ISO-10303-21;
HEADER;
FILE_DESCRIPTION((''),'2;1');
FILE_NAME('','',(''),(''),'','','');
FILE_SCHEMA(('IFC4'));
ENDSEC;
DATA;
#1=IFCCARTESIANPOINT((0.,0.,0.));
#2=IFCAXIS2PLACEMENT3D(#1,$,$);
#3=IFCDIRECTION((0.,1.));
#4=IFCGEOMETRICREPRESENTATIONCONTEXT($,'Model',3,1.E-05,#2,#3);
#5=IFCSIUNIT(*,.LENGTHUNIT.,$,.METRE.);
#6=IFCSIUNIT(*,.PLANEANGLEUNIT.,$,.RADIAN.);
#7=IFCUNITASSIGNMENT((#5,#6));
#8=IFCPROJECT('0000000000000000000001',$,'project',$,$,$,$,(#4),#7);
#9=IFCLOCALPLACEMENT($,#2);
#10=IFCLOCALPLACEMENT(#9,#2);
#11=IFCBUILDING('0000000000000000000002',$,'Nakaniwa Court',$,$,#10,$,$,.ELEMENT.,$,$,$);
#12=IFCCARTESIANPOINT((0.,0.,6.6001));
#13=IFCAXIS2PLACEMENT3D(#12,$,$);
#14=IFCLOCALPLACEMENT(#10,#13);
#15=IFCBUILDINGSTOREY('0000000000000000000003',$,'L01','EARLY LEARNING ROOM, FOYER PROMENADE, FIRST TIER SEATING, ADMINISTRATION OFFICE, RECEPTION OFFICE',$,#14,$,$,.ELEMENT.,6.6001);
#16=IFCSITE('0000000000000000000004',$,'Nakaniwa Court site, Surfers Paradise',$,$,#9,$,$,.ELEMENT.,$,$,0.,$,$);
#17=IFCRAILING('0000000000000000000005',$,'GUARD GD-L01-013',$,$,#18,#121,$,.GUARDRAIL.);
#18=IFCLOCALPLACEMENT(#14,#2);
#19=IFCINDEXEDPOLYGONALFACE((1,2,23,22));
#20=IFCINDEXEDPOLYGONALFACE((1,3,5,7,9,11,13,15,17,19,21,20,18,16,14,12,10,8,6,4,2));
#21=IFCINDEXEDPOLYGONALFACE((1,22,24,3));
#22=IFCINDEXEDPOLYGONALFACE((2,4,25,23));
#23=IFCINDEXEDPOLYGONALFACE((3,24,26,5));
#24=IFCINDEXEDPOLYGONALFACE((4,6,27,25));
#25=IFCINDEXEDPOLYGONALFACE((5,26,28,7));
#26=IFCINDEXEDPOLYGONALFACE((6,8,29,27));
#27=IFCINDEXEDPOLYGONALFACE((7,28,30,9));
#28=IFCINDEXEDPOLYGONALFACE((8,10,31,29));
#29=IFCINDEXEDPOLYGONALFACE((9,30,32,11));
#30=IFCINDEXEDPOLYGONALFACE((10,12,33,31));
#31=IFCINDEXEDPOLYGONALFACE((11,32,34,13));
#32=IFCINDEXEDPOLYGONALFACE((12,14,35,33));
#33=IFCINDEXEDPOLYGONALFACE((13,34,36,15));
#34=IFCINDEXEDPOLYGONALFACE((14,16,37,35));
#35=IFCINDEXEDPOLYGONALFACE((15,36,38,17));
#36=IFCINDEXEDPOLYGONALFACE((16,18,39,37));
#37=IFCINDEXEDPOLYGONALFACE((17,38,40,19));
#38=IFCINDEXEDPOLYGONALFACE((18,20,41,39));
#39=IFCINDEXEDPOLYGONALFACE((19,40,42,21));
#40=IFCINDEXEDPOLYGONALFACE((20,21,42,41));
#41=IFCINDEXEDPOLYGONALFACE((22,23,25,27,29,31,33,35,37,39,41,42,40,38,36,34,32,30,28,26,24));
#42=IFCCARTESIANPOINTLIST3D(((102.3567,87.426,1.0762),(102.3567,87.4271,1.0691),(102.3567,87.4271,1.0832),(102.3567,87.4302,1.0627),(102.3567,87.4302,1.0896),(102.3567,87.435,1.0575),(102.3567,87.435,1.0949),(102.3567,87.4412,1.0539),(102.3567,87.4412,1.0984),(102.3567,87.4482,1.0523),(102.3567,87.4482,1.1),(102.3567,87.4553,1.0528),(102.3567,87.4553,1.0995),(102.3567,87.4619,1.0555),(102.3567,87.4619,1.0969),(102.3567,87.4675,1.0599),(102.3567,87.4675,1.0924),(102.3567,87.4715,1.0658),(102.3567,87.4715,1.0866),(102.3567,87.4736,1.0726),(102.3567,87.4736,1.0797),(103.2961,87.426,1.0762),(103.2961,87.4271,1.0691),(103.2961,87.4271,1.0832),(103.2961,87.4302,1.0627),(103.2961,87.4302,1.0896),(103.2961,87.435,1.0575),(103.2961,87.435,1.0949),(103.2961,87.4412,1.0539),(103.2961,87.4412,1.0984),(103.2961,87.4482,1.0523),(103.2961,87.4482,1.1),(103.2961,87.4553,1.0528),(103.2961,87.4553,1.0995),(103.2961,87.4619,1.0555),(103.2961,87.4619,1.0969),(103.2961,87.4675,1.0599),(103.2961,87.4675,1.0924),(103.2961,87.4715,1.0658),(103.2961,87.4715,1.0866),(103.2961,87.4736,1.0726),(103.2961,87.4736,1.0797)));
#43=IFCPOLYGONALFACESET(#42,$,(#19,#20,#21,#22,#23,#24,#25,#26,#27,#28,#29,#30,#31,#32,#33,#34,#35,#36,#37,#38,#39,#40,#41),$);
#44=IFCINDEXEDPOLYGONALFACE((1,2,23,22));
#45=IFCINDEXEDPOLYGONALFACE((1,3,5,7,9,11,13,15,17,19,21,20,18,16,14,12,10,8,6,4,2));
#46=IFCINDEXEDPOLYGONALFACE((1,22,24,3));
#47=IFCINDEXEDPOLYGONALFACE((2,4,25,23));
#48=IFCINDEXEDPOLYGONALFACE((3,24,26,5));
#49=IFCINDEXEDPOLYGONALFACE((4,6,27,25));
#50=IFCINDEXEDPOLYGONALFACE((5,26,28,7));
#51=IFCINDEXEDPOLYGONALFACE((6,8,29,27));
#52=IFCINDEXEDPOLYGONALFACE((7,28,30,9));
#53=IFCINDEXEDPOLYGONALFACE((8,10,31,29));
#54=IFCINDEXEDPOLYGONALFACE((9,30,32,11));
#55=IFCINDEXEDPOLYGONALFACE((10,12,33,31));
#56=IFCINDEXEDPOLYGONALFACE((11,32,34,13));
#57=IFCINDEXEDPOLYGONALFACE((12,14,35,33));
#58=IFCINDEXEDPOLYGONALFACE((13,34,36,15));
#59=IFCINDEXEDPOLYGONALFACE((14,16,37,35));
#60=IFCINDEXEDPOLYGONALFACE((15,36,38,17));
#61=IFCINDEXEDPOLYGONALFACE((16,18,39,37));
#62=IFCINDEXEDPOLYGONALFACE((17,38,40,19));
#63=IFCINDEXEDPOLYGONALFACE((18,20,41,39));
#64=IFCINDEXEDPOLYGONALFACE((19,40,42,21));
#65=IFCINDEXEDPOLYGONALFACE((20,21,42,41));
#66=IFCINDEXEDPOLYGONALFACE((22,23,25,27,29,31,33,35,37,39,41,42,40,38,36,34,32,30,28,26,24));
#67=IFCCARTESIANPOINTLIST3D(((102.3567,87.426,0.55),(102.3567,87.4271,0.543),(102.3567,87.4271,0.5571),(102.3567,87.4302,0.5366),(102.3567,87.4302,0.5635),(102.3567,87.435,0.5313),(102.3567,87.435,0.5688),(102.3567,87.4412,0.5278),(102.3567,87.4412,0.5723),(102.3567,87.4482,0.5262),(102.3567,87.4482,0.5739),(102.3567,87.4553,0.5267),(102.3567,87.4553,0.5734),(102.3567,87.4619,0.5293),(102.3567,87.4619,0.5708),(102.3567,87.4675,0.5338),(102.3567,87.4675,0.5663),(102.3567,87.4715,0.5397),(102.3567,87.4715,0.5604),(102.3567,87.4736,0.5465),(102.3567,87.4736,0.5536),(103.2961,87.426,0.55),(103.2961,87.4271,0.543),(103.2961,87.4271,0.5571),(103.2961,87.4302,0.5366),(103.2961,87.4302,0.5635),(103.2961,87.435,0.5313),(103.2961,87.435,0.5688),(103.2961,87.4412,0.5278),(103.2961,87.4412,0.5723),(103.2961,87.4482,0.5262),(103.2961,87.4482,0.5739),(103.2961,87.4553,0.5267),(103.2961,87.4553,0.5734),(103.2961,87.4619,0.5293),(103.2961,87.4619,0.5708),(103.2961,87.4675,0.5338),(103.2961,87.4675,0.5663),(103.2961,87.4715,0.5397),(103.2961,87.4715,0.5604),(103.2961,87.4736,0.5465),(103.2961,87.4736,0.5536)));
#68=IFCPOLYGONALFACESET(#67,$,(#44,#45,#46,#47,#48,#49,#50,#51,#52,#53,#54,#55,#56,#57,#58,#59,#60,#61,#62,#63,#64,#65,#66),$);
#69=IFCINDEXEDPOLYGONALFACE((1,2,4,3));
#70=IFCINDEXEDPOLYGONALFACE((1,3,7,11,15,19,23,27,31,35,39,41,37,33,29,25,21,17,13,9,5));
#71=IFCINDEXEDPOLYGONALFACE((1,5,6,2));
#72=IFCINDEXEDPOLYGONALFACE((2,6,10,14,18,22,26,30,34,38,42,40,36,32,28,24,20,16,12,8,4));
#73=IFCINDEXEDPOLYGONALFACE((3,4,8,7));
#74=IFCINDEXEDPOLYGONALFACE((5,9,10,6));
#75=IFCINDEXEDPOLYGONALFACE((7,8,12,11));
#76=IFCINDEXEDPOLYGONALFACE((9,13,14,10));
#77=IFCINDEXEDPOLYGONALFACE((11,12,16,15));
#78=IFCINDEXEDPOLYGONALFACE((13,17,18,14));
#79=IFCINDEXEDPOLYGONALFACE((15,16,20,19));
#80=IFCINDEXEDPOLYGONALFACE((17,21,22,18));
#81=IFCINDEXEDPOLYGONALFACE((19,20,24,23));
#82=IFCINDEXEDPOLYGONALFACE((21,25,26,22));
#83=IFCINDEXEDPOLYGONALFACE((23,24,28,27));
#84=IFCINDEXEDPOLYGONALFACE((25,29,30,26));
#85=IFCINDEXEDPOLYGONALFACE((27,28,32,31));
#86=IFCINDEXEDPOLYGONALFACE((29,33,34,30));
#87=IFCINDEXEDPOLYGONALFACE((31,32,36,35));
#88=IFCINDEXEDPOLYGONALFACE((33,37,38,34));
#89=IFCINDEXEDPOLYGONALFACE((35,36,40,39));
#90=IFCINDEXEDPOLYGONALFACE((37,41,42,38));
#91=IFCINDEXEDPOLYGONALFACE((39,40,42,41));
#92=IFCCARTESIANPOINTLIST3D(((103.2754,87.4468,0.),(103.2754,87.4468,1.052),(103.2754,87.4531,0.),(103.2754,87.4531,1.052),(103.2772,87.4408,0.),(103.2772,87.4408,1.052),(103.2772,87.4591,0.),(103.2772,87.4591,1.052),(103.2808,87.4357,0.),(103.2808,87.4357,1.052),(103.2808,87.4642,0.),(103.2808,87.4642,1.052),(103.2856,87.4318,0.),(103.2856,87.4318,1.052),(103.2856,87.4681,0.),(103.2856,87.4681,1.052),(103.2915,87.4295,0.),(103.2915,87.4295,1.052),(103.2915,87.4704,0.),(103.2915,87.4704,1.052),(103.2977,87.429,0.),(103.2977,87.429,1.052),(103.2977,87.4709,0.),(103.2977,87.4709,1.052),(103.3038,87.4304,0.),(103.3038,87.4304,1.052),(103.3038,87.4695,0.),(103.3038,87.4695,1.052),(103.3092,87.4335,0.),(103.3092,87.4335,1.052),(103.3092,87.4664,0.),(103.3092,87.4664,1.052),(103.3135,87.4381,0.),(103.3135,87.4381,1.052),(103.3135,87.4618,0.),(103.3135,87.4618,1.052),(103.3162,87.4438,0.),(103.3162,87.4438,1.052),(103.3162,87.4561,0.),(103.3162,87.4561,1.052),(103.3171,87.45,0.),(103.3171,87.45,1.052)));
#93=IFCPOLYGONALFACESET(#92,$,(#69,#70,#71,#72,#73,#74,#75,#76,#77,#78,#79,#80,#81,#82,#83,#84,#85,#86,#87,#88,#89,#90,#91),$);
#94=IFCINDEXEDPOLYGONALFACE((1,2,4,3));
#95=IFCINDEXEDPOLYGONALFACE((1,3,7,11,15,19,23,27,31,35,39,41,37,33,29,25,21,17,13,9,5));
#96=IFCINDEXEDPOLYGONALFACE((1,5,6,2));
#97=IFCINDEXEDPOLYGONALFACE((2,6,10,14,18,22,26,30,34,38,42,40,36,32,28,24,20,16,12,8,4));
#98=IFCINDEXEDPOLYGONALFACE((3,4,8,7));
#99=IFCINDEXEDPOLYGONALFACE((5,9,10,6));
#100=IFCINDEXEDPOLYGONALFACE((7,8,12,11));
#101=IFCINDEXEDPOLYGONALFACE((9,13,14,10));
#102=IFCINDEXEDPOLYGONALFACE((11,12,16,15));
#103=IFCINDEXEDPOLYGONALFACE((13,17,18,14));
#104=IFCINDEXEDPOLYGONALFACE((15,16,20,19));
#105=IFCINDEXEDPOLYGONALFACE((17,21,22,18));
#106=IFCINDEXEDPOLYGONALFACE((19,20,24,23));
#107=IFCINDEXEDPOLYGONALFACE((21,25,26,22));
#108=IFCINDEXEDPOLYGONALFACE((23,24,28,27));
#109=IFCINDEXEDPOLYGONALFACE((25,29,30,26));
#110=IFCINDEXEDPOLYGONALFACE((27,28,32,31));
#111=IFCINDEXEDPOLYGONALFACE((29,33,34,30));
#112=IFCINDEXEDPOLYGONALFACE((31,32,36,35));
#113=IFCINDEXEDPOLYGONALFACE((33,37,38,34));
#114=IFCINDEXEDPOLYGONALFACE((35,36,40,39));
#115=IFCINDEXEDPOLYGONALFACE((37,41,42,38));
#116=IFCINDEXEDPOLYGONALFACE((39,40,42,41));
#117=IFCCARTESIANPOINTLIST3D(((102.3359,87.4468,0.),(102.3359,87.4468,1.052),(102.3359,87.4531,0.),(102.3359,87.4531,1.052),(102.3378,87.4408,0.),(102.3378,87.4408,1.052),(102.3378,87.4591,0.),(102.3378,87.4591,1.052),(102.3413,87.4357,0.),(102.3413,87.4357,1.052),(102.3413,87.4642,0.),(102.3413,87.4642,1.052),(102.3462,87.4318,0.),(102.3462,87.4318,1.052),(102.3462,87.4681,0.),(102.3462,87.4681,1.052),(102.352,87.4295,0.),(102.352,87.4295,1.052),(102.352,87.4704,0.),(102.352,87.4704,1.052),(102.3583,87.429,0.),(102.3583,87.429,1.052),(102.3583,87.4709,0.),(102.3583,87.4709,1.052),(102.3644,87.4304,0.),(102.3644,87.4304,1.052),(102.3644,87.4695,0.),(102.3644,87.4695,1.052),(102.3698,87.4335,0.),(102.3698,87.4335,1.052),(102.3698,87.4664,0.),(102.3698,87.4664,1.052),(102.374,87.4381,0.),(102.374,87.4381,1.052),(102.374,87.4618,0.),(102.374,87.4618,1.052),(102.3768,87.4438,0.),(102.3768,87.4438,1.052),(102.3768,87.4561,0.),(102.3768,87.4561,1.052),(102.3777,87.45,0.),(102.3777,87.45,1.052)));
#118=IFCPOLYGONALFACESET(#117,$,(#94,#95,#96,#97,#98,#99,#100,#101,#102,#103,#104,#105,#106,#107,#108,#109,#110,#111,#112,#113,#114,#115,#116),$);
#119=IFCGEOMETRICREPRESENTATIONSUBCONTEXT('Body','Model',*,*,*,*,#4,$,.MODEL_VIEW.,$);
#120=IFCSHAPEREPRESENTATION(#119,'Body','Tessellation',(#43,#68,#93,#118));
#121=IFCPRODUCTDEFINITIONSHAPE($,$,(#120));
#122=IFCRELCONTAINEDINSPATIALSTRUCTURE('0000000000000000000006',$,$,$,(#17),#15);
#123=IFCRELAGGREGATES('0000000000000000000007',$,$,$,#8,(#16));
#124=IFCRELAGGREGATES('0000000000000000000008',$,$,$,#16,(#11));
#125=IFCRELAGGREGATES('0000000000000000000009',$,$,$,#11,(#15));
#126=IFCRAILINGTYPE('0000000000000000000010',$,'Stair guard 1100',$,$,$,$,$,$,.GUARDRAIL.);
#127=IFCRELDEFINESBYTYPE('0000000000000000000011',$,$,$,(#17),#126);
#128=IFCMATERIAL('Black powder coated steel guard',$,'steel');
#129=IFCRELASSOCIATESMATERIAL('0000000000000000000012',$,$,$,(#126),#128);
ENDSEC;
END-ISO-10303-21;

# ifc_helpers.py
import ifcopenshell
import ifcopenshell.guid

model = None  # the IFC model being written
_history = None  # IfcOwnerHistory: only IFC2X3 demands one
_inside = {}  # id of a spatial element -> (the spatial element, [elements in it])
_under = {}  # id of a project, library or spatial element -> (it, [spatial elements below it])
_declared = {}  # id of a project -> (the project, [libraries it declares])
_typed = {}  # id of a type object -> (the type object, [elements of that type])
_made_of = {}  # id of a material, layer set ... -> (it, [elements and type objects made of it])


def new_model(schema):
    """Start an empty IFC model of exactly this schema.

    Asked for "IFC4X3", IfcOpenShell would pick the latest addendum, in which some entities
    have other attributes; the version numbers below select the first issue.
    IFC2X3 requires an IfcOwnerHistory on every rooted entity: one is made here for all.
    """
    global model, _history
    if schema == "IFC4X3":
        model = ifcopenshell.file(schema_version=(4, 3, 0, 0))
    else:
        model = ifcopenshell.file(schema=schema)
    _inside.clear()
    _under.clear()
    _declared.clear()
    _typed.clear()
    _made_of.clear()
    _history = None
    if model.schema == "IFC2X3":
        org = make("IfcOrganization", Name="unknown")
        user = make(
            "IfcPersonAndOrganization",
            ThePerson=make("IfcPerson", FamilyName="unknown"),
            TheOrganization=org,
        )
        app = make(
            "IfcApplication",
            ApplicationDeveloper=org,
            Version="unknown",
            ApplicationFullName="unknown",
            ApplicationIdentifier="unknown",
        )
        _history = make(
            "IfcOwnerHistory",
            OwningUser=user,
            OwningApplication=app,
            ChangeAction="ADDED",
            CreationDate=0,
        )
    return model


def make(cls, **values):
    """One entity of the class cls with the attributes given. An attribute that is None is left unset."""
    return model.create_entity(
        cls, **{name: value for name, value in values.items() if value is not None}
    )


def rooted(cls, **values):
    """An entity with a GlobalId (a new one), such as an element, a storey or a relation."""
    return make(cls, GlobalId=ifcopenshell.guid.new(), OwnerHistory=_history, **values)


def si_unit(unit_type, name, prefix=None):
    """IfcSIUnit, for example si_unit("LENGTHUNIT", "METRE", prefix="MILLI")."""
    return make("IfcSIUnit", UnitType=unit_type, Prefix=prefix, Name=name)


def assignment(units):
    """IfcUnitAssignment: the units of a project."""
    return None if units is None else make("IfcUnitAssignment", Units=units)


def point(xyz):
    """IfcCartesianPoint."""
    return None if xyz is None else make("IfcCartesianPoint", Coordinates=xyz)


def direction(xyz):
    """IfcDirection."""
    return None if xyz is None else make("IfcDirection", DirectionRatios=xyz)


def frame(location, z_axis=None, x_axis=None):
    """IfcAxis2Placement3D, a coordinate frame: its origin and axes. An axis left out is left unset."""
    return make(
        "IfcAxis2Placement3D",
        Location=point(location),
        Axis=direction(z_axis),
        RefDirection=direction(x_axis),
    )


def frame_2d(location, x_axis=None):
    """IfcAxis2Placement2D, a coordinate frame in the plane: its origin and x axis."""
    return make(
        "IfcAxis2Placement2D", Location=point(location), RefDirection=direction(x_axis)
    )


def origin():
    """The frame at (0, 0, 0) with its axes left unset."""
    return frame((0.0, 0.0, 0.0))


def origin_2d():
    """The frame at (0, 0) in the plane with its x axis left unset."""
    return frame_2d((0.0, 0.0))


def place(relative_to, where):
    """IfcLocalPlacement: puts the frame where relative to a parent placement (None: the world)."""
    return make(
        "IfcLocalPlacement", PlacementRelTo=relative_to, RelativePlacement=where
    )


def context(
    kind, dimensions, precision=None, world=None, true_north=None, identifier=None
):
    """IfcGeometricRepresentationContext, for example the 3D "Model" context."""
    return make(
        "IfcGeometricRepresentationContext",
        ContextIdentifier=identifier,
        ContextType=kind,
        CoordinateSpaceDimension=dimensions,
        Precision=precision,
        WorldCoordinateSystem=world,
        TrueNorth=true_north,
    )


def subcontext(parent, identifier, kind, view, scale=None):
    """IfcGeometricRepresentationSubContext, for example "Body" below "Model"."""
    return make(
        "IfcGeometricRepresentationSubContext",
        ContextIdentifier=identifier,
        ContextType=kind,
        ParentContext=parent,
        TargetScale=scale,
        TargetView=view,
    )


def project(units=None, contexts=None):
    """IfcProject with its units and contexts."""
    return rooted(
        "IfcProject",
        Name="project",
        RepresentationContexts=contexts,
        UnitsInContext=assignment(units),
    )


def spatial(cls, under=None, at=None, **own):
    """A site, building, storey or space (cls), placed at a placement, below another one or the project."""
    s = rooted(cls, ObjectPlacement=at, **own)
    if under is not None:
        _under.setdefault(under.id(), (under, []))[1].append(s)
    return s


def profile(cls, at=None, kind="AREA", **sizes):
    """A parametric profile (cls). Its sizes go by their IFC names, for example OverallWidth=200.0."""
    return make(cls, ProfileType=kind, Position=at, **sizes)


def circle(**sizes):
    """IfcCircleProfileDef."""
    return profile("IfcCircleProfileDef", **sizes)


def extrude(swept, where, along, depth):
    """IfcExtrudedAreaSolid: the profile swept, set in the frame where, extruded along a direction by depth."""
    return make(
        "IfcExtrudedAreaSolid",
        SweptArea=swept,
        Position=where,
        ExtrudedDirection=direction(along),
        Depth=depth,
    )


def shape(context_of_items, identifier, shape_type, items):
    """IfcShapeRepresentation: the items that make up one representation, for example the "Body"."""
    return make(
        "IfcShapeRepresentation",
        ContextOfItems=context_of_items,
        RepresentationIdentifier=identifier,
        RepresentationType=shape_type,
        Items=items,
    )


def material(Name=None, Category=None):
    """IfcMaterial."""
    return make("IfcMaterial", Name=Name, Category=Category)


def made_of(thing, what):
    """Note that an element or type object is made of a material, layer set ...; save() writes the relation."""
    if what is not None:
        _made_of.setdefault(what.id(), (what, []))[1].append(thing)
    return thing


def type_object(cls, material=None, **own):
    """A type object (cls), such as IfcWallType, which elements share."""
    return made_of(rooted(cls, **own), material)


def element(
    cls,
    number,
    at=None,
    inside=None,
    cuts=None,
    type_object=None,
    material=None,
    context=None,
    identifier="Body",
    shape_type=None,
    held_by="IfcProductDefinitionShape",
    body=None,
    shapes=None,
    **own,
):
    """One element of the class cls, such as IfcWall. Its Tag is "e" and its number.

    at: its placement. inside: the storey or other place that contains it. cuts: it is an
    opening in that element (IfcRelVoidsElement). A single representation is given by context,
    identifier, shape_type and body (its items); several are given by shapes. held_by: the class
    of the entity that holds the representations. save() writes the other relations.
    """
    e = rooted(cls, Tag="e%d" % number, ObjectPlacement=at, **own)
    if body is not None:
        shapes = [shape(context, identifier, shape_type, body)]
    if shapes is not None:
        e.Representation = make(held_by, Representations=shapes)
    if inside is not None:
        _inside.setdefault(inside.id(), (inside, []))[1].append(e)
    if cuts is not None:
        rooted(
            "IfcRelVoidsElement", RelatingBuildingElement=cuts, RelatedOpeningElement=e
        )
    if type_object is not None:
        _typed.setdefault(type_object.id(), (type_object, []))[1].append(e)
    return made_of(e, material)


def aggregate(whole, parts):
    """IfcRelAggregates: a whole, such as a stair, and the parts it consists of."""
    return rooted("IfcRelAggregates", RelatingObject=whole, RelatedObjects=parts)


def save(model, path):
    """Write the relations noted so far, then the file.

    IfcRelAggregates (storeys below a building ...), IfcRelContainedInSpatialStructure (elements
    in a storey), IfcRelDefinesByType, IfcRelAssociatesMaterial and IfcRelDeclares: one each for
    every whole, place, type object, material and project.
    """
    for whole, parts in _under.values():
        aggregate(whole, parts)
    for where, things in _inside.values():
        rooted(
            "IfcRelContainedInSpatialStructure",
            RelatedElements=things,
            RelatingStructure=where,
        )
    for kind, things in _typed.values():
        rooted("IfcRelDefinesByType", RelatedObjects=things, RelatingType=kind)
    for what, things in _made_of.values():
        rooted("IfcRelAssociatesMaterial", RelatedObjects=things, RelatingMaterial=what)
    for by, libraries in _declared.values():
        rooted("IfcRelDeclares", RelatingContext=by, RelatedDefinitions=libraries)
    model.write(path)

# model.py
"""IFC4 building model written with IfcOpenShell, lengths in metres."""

from ifc_helpers import new_model, si_unit, direction, frame, origin, origin_2d, place, context, subcontext, project, spatial, circle, extrude, material, type_object, element, save


model = new_model("IFC4")

# Units and contexts
model_context = context("Model", 3, precision=1e-05, world=origin(), true_north=direction((0.0, 1.0)))
body_context = subcontext(model_context, "Body", "Model", "MODEL_VIEW")
ifc_project = project(units=[si_unit("LENGTHUNIT", "METRE"), si_unit("PLANEANGLEUNIT", "RADIAN")], contexts=[model_context])

# Site, building, storey
site_placement = place(None, origin())
site = spatial("IfcSite", under=ifc_project, at=site_placement, Name="Nakaniwa Court site, Surfers Paradise", CompositionType="ELEMENT", RefElevation=0.0)
building_placement = place(site_placement, origin())
building = spatial("IfcBuilding", under=site, at=building_placement, Name="Nakaniwa Court", CompositionType="ELEMENT")
storey_placement = place(building_placement, frame((0.0, 0.0, 6.6001)))
storey = spatial("IfcBuildingStorey", under=building, at=storey_placement, Name="L01", Description="EARLY LEARNING ROOM, FOYER PROMENADE, FIRST TIER SEATING, ADMINISTRATION OFFICE, RECEPTION OFFICE", CompositionType="ELEMENT", Elevation=6.6001)

# Railing
ifc_material_1 = material(Name="Black powder coated steel guard", Category="steel")
railing_type_1 = type_object("IfcRailingType", Name="Stair guard 1100", PredefinedType="GUARDRAIL", material=ifc_material_1)
railing_1_placement = place(storey_placement, frame((103.2961, 87.45, 0.0)))
element("IfcRailing", 1, at=railing_1_placement, inside=storey, type_object=railing_type_1, Name="GUARD GD-L01-013", PredefinedType="GUARDRAIL", context=body_context, shape_type="SweptSolid", body=[
    extrude(circle(Radius=0.0239, at=origin_2d()), frame((0.0, 0.0, 1.0762), z_axis=(-1.0, 0.0, 0.0), x_axis=(0.0, -1.0, 0.0)), (0.0, 0.0, 1.0), 0.9395),
    extrude(circle(Radius=0.0239, at=origin_2d()), frame((0.0, 0.0, 0.55), z_axis=(-1.0, 0.0, 0.0), x_axis=(0.0, -1.0, 0.0)), (0.0, 0.0, 1.0), 0.9395),
    extrude(circle(Radius=0.021, at=origin_2d()), origin(), (0.0, 0.0, 1.0), 1.052),
    extrude(circle(Radius=0.021, at=origin_2d()), frame((-0.9395, 0.0, 0.0)), (0.0, 0.0, 1.0), 1.052),
])

save(model, "model.ifc")
